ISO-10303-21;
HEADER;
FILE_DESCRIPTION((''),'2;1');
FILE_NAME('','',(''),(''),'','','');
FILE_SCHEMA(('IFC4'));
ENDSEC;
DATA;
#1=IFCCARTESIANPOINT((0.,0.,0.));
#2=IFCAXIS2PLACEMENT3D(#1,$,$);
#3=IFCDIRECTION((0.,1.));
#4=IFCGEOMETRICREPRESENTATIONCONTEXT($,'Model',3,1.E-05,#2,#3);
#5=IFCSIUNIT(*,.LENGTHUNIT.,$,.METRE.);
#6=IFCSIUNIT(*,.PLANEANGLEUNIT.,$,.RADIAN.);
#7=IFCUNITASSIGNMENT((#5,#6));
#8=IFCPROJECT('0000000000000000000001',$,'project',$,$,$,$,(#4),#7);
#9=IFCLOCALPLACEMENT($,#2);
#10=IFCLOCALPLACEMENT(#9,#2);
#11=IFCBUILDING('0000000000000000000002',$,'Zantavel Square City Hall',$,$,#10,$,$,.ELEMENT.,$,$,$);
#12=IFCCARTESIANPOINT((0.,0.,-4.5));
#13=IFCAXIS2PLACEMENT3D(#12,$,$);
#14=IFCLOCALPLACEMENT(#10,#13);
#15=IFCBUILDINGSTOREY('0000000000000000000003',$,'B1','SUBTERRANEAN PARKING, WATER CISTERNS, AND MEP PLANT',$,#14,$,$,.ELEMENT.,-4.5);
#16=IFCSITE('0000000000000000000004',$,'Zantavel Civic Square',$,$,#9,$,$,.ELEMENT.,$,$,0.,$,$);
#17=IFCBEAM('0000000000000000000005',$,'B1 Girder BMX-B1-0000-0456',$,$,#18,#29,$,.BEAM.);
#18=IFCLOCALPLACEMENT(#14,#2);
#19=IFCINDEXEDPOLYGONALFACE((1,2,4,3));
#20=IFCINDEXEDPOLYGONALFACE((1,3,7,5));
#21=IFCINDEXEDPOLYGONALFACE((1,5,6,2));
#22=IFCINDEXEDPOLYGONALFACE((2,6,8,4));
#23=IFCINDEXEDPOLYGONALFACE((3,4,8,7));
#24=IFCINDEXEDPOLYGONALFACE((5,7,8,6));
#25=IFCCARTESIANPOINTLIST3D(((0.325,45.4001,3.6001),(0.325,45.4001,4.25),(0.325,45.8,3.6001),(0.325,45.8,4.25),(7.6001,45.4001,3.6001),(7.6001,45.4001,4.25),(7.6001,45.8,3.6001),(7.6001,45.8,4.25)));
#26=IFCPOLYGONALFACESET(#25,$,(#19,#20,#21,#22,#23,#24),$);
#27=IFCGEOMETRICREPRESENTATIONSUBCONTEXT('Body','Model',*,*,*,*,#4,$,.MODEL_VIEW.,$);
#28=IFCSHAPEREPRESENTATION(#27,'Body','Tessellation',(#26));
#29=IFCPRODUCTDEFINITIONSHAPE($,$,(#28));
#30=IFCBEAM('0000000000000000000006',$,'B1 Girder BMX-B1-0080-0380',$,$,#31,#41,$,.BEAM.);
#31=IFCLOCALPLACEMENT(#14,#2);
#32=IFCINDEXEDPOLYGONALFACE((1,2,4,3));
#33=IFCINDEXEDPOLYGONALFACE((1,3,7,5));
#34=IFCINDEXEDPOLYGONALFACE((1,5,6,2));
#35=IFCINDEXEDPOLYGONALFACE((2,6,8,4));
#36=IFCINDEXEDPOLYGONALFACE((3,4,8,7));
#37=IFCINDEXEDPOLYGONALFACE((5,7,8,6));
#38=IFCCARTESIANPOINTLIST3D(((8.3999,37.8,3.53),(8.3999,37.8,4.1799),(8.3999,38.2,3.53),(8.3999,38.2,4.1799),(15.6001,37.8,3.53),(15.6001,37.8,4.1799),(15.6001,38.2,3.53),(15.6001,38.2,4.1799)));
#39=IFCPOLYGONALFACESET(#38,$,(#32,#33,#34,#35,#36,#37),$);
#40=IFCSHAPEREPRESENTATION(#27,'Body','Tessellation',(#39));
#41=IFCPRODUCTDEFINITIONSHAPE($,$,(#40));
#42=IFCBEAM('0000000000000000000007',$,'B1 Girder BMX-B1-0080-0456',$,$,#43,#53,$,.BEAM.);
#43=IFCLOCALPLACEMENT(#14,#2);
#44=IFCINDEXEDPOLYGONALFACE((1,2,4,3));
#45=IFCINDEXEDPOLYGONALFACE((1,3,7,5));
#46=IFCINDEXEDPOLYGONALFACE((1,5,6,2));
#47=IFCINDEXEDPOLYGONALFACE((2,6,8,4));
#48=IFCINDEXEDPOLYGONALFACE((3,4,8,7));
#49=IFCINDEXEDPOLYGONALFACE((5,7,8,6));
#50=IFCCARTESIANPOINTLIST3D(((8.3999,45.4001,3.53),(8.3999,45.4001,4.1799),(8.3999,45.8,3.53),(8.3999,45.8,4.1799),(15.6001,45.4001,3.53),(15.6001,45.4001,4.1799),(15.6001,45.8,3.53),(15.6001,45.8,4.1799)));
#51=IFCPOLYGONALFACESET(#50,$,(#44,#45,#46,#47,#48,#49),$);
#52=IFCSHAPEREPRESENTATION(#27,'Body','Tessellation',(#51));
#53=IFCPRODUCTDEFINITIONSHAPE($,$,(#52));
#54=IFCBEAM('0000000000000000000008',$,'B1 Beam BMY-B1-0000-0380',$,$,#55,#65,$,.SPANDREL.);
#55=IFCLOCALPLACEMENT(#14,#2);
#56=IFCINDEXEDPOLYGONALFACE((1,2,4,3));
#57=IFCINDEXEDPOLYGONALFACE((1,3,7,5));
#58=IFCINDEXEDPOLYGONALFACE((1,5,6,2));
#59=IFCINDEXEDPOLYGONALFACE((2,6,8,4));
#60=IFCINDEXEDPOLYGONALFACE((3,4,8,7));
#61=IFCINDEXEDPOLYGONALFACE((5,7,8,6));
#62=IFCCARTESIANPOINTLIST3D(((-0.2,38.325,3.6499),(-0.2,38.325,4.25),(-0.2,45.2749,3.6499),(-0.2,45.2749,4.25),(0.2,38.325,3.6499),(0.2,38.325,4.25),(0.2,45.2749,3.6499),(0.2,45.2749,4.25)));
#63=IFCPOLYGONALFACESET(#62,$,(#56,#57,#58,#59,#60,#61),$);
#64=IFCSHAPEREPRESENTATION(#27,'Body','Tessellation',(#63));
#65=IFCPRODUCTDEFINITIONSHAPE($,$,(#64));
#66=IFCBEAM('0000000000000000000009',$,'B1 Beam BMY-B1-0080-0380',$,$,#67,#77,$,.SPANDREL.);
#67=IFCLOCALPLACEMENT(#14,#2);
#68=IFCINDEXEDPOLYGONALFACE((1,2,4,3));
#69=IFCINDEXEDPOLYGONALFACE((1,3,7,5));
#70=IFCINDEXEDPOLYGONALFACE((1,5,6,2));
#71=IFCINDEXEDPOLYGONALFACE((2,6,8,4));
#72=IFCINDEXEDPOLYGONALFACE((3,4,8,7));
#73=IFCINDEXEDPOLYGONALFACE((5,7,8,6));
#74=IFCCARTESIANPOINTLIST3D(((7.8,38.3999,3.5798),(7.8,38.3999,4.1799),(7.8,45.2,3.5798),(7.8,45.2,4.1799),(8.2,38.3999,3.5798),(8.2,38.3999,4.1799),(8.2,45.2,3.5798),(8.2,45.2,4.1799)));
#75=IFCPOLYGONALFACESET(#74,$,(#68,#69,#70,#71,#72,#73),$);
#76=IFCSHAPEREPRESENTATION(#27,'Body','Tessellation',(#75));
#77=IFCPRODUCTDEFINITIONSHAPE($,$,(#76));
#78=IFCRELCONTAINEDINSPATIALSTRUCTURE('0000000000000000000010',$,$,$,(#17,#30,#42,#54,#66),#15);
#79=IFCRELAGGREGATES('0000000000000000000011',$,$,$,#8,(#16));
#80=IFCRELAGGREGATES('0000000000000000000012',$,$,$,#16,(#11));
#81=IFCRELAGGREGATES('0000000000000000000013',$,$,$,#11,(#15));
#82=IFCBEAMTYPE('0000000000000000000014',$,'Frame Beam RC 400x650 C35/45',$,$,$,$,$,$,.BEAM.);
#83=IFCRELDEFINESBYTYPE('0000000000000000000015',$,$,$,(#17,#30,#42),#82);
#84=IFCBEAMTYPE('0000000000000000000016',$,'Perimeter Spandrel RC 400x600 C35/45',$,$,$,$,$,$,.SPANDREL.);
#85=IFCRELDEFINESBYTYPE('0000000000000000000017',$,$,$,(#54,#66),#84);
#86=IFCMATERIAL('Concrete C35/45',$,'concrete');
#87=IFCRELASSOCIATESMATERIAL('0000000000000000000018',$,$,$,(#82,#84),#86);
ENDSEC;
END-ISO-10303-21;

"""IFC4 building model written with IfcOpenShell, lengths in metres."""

from ifc_helpers import new_model, si_unit, direction, frame, origin, origin_2d, place, context, subcontext, project, spatial, rectangle, extrude, material, material_profile, profile_set, type_object, element, save


model = new_model("IFC4")

# Units and contexts
model_context = context("Model", 3, precision=1e-05, world=origin(), true_north=direction((0.0, 1.0)))
body_context = subcontext(model_context, "Body", "Model", "MODEL_VIEW")
ifc_project = project(units=[si_unit("LENGTHUNIT", "METRE"), si_unit("PLANEANGLEUNIT", "RADIAN")], contexts=[model_context])

# Site, building, storey
site_placement = place(None, origin())
site = spatial("IfcSite", under=ifc_project, at=site_placement, Name="Zantavel Civic Square", CompositionType="ELEMENT", RefElevation=0.0)
building_placement = place(site_placement, origin())
building = spatial("IfcBuilding", under=site, at=building_placement, Name="Zantavel Square City Hall", CompositionType="ELEMENT")
storey_placement = place(building_placement, frame((0.0, 0.0, -4.5)))
storey = spatial("IfcBuildingStorey", under=building, at=storey_placement, Name="B1", Description="SUBTERRANEAN PARKING, WATER CISTERNS, AND MEP PLANT", CompositionType="ELEMENT", Elevation=-4.5)

# Shared definitions
ifc_material_1 = material(Name="Concrete C35/45", Category="concrete")

# Beams
ifc_material_profile_1 = material_profile(ifc_material_1, rectangle(XDim=0.3999, YDim=0.6499, at=origin_2d()), Name="RC 400x650")
ifc_profile_set_1 = profile_set([ifc_material_profile_1], Name="Concrete C35/45")
beam_type_1 = type_object("IfcBeamType", Name="Frame Beam RC 400x650 C35/45", PredefinedType="BEAM", material=ifc_profile_set_1)
beam_1_placement = place(storey_placement, frame((0.325, 45.6001, 3.925), z_axis=(1.0, 0.0, 0.0), x_axis=(0.0, 1.0, 0.0)))
element("IfcBeam", 1, at=beam_1_placement, inside=storey, type_object=beam_type_1, Name="B1 Girder BMX-B1-0000-0456", PredefinedType="BEAM", context=body_context, shape_type="SweptSolid", body=[
    extrude(rectangle(XDim=0.3999, YDim=0.6499, at=origin_2d()), origin(), (0.0, 0.0, 1.0), 7.2751),
])
for number, where, z_axis, x_axis, name in (
    (2, (8.3999, 38.0, 3.855), (1.0, 0.0, 0.0), (0.0, 1.0, 0.0), "B1 Girder BMX-B1-0080-0380"),
    (3, (8.3999, 45.6001, 3.855), (1.0, 0.0, 0.0), (0.0, 1.0, 0.0), "B1 Girder BMX-B1-0080-0456"),
):
    element("IfcBeam", number, at=place(storey_placement, frame(where, z_axis=z_axis, x_axis=x_axis)), inside=storey, type_object=beam_type_1, Name=name, PredefinedType="BEAM", context=body_context, shape_type="SweptSolid", body=[
        extrude(rectangle(XDim=0.3999, YDim=0.6499, at=origin_2d()), origin(), (0.0, 0.0, 1.0), 7.2002),
    ])
ifc_material_profile_2 = material_profile(ifc_material_1, rectangle(XDim=0.3999, YDim=0.6001, at=origin_2d()), Name="RC 400x600")
ifc_profile_set_2 = profile_set([ifc_material_profile_2], Name="Concrete C35/45")
beam_type_2 = type_object("IfcBeamType", Name="Perimeter Spandrel RC 400x600 C35/45", PredefinedType="SPANDREL", material=ifc_profile_set_2)
beam_2_placement = place(storey_placement, frame((0.0, 38.325, 3.95), z_axis=(0.0, 1.0, 0.0), x_axis=(-1.0, 0.0, 0.0)))
element("IfcBeam", 4, at=beam_2_placement, inside=storey, type_object=beam_type_2, Name="B1 Beam BMY-B1-0000-0380", PredefinedType="SPANDREL", context=body_context, shape_type="SweptSolid", body=[
    extrude(rectangle(XDim=0.3999, YDim=0.6001, at=origin_2d()), origin(), (0.0, 0.0, 1.0), 6.95),
])
beam_3_placement = place(storey_placement, frame((8.0, 38.3999, 3.8799), z_axis=(0.0, 1.0, 0.0), x_axis=(-1.0, 0.0, 0.0)))
element("IfcBeam", 5, at=beam_3_placement, inside=storey, type_object=beam_type_2, Name="B1 Beam BMY-B1-0080-0380", PredefinedType="SPANDREL", context=body_context, shape_type="SweptSolid", body=[
    extrude(rectangle(XDim=0.3999, YDim=0.6001, at=origin_2d()), origin(), (0.0, 0.0, 1.0), 6.8),
])

save(model, "model.ifc")
